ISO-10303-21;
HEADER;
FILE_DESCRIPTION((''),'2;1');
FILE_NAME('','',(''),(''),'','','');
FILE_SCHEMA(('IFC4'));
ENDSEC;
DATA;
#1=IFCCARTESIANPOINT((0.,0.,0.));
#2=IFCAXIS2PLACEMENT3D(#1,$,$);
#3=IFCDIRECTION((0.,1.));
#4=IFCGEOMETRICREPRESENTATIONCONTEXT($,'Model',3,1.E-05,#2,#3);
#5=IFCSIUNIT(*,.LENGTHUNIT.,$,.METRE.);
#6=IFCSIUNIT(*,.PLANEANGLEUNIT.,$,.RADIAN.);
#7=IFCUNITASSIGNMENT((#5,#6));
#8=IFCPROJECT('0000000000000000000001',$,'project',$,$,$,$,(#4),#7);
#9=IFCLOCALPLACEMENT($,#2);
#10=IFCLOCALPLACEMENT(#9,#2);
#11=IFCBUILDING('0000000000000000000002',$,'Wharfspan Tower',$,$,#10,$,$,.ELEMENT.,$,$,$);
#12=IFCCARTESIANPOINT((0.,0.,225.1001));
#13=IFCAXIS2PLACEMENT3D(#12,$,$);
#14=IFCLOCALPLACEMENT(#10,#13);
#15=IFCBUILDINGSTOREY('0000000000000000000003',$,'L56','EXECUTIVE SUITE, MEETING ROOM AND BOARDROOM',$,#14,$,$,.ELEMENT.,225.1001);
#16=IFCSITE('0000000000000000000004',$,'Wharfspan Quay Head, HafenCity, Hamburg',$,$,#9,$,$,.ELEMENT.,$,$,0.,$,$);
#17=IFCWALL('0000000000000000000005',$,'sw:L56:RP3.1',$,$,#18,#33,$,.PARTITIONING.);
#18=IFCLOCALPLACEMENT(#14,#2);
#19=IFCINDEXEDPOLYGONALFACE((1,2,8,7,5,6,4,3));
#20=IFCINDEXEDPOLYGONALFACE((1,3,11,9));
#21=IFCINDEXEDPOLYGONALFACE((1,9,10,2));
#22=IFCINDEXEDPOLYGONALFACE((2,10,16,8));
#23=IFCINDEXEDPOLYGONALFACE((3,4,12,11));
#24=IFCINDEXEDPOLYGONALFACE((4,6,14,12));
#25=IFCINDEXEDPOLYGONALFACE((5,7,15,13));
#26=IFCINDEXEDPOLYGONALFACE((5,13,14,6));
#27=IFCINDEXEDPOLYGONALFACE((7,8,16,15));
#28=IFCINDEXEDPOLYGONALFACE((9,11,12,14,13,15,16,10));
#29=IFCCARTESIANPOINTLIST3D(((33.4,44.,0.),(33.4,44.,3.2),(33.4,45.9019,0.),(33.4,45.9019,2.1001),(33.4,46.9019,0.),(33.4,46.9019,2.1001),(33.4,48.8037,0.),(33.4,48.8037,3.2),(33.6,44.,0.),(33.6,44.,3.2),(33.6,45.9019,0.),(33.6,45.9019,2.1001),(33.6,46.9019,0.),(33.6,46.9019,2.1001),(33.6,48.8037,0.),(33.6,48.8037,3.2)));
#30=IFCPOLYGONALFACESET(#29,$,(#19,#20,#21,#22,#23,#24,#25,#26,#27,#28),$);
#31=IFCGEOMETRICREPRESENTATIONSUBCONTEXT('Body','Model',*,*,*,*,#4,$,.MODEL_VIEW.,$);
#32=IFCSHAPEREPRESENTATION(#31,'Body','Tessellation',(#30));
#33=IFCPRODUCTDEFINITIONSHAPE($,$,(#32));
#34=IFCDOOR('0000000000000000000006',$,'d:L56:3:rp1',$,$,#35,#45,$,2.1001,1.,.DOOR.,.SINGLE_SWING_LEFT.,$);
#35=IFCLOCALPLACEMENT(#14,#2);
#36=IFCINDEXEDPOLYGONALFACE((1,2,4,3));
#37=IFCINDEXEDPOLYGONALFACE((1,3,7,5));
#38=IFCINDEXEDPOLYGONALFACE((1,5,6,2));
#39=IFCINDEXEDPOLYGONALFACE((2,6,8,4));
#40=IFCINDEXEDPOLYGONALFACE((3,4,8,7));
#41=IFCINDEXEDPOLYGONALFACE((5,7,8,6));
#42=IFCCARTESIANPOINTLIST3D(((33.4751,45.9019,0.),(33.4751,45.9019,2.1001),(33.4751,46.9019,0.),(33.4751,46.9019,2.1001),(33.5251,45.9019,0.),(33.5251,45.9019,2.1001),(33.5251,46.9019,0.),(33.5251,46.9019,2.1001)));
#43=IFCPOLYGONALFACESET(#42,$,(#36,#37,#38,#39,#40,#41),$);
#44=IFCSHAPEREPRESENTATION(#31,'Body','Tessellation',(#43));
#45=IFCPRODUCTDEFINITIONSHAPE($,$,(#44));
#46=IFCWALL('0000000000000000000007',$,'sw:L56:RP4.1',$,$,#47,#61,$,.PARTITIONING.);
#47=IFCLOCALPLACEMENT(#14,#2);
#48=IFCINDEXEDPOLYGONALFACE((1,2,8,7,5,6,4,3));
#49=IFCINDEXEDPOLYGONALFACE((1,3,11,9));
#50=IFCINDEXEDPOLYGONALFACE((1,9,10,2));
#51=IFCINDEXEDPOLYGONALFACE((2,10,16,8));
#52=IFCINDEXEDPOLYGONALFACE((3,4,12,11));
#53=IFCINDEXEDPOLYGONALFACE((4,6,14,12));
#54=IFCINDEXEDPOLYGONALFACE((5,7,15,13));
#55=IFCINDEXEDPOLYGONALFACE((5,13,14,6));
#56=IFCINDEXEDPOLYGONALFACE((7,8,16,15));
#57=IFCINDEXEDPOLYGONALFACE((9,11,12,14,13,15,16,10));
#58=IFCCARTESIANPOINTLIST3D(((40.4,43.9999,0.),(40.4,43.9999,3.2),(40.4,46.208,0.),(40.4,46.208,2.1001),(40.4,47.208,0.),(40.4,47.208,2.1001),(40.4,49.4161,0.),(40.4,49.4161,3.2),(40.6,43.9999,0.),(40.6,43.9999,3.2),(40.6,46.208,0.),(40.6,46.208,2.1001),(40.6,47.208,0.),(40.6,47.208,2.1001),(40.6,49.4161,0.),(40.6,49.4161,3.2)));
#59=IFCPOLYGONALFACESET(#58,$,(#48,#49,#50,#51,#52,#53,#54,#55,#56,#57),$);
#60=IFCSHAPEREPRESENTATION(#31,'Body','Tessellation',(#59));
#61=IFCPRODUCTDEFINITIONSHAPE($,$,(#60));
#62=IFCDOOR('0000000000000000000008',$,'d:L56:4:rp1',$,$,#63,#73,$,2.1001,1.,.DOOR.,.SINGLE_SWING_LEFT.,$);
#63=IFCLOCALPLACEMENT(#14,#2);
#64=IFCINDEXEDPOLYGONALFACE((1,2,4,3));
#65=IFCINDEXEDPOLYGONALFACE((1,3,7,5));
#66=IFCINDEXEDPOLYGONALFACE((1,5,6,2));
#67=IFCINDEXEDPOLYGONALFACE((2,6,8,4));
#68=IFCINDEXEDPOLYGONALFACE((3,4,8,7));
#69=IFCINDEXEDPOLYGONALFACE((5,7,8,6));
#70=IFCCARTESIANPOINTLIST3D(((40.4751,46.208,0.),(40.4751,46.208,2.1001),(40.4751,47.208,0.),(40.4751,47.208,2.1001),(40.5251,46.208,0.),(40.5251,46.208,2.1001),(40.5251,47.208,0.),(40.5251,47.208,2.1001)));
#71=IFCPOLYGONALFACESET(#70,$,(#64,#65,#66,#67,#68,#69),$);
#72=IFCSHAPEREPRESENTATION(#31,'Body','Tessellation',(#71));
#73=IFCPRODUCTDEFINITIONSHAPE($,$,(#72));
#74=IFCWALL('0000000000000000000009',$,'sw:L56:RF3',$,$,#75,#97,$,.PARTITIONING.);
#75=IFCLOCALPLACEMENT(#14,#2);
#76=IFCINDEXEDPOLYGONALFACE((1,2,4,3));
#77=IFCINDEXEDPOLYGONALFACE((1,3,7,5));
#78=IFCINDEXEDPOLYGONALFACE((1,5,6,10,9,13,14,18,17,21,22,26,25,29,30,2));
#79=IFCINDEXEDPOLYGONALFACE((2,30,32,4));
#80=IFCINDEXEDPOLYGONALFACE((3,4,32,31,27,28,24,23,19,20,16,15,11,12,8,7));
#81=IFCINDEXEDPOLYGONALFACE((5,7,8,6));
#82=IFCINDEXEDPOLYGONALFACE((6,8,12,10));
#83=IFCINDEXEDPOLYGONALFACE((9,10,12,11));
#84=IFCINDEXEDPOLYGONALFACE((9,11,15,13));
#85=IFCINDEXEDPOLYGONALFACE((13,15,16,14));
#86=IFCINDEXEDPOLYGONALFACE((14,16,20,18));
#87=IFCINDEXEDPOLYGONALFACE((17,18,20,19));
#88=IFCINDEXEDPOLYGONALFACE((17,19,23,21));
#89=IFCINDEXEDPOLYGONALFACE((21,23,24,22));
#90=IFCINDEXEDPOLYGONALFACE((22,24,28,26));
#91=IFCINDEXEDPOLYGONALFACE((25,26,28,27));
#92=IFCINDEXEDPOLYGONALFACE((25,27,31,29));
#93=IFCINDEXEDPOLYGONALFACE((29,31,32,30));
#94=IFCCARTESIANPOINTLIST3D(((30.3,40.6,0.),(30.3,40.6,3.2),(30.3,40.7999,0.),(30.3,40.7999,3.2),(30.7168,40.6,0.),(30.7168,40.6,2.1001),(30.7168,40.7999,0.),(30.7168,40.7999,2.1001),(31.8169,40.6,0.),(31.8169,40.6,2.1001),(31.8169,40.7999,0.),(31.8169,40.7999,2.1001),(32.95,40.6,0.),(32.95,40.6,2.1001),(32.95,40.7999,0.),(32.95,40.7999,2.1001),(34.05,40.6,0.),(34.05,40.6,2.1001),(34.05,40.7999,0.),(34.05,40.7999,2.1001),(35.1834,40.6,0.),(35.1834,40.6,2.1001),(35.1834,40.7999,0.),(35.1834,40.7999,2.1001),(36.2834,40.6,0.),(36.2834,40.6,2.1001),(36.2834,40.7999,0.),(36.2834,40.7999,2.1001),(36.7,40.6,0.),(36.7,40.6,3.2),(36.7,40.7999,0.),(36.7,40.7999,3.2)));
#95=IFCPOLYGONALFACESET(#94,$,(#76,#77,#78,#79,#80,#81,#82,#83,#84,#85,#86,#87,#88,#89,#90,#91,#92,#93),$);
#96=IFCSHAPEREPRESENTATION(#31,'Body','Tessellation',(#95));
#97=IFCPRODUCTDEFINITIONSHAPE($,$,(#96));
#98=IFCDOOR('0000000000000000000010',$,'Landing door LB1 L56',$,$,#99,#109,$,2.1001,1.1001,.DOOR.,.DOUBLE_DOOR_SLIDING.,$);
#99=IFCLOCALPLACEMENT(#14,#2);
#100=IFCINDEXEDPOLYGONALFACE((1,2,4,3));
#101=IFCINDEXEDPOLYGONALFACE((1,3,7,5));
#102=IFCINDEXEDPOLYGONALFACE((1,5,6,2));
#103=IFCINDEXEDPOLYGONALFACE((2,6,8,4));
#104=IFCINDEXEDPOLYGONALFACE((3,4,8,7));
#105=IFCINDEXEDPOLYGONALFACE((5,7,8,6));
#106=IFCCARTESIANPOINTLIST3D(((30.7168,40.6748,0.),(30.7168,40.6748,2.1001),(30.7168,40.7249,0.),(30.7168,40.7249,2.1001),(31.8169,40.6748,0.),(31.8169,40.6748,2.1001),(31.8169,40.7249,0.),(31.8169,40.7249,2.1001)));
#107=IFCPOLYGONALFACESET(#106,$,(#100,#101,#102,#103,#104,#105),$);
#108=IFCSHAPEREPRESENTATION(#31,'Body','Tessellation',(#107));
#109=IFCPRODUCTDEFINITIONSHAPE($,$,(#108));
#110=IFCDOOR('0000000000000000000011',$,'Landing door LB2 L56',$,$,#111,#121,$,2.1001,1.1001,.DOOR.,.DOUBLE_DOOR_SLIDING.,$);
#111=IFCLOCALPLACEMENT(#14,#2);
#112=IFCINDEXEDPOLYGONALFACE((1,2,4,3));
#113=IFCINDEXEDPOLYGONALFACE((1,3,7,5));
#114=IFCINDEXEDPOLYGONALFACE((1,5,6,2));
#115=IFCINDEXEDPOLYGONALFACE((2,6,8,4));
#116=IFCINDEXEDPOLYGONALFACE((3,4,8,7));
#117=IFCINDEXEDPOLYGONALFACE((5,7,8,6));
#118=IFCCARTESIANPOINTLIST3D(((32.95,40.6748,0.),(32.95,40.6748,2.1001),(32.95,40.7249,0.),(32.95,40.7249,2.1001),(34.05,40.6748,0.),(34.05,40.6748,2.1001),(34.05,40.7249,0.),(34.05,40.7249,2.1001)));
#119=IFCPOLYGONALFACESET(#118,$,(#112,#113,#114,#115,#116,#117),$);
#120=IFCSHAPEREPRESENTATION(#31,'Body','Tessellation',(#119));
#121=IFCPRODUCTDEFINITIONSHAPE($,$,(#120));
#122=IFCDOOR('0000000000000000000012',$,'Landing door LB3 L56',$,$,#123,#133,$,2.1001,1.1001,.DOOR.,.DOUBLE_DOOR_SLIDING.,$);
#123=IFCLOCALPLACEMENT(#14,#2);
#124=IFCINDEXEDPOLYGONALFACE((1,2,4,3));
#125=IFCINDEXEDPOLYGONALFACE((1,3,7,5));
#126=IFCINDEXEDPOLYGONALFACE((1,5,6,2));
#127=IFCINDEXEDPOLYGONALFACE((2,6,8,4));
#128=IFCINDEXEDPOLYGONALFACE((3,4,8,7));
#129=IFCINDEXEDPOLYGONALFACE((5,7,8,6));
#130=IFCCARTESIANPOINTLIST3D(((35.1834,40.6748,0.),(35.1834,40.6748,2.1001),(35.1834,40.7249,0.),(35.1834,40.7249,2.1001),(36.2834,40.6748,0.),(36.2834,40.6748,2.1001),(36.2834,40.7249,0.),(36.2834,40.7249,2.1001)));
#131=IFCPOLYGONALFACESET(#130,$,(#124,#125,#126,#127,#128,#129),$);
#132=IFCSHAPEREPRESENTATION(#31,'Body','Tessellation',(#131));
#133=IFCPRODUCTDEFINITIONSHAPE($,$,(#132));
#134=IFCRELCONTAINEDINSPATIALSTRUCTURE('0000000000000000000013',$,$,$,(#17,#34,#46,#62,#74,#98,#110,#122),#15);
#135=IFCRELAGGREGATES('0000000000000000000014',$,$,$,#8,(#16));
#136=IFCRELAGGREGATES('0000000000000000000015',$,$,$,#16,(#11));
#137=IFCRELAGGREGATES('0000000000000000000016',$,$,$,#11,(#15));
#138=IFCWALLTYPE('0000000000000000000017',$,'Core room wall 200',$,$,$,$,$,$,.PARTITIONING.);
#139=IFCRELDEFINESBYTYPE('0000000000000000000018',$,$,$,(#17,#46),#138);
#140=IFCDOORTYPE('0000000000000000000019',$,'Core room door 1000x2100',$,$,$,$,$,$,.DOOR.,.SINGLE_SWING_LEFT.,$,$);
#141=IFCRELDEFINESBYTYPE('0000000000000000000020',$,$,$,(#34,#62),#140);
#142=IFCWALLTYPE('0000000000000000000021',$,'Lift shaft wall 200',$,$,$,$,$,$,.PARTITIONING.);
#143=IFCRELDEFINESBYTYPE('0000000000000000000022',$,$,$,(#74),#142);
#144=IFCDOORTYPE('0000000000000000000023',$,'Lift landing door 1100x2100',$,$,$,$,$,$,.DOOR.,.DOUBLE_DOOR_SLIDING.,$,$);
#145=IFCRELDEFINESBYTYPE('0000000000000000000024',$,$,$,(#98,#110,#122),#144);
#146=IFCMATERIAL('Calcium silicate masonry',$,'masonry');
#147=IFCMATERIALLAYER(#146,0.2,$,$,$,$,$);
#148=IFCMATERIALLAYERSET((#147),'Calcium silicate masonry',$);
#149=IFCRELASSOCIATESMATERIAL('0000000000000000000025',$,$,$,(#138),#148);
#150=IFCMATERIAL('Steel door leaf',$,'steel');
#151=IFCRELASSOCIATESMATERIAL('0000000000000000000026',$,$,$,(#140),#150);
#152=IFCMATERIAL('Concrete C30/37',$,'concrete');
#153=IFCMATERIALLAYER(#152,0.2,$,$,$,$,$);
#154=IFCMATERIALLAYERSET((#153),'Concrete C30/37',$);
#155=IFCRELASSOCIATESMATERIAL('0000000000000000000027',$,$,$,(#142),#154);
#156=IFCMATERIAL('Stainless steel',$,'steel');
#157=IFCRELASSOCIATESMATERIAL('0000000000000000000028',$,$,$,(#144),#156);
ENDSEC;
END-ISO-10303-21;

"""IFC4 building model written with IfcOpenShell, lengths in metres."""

from ifc_helpers import new_model, si_unit, direction, frame, frame_2d, origin, place, context, subcontext, project, spatial, rectangle, extrude, material, layer, layer_set, type_object, element, fill, save


model = new_model("IFC4")

# Units and contexts
model_context = context("Model", 3, precision=1e-05, world=origin(), true_north=direction((0.0, 1.0)))
body_context = subcontext(model_context, "Body", "Model", "MODEL_VIEW")
ifc_project = project(units=[si_unit("LENGTHUNIT", "METRE"), si_unit("PLANEANGLEUNIT", "RADIAN")], contexts=[model_context])

# Site, building, storey
site_placement = place(None, origin())
site = spatial("IfcSite", under=ifc_project, at=site_placement, Name="Wharfspan Quay Head, HafenCity, Hamburg", CompositionType="ELEMENT", RefElevation=0.0)
building_placement = place(site_placement, origin())
building = spatial("IfcBuilding", under=site, at=building_placement, Name="Wharfspan Tower", CompositionType="ELEMENT")
storey_placement = place(building_placement, frame((0.0, 0.0, 225.1001)))
storey = spatial("IfcBuildingStorey", under=building, at=storey_placement, Name="L56", Description="EXECUTIVE SUITE, MEETING ROOM AND BOARDROOM", CompositionType="ELEMENT", Elevation=225.1001)

# Walls, openings, doors
ifc_material_1 = material(Name="Calcium silicate masonry", Category="masonry")
ifc_layer_1 = layer(ifc_material_1, 0.2)
ifc_layer_set_1 = layer_set([ifc_layer_1], Name="Calcium silicate masonry")
wall_type_1 = type_object("IfcWallType", Name="Core room wall 200", PredefinedType="PARTITIONING", material=ifc_layer_set_1)
wall_1_placement = place(storey_placement, frame((33.5, 44.0, 0.0), z_axis=(0.0, 0.0, 1.0), x_axis=(0.0, 1.0, 0.0)))
wall_1 = element("IfcWall", 1, at=wall_1_placement, inside=storey, type_object=wall_type_1, Name="sw:L56:RP3.1", PredefinedType="PARTITIONING", context=body_context, shape_type="SweptSolid", body=[
    extrude(rectangle(XDim=4.8037, YDim=0.2, at=frame_2d((2.4019, 0.0))), origin(), (0.0, 0.0, 1.0), 3.2),
])
opening_1_placement = place(wall_1_placement, frame((1.9019, 0.0, 0.0)))
opening_1 = element("IfcOpeningElement", 2, at=opening_1_placement, cuts=wall_1, PredefinedType="OPENING", context=body_context, shape_type="SweptSolid", body=[
    extrude(rectangle(XDim=1.0, YDim=2.1001, at=frame_2d((0.5, 1.05))), frame((0.0, 0.1099, 0.0), z_axis=(0.0, -1.0, 0.0), x_axis=(1.0, 0.0, 0.0)), (0.0, 0.0, 1.0), 0.22),
])
ifc_material_2 = material(Name="Steel door leaf", Category="steel")
door_type_1 = type_object("IfcDoorType", Name="Core room door 1000x2100", OperationType="SINGLE_SWING_LEFT", PredefinedType="DOOR", material=ifc_material_2)
door_1_placement = place(opening_1_placement, origin())
door_1 = element("IfcDoor", 3, at=door_1_placement, inside=storey, type_object=door_type_1, Name="d:L56:3:rp1", OperationType="SINGLE_SWING_LEFT", OverallHeight=2.1001, OverallWidth=1.0, PredefinedType="DOOR", context=body_context, shape_type="SweptSolid", body=[
    extrude(rectangle(XDim=1.0, YDim=2.1001, at=frame_2d((0.5, 1.05))), frame((0.0, 0.0249, 0.0), z_axis=(0.0, -1.0, 0.0), x_axis=(1.0, 0.0, 0.0)), (0.0, 0.0, 1.0), 0.05),
])
fill(opening_1, door_1)
wall_2_placement = place(storey_placement, frame((40.5, 44.0, 0.0), z_axis=(0.0, 0.0, 1.0), x_axis=(0.0, 1.0, 0.0)))
wall_2 = element("IfcWall", 4, at=wall_2_placement, inside=storey, type_object=wall_type_1, Name="sw:L56:RP4.1", PredefinedType="PARTITIONING", context=body_context, shape_type="SweptSolid", body=[
    extrude(rectangle(XDim=5.4163, YDim=0.2, at=frame_2d((2.708, 0.0))), origin(), (0.0, 0.0, 1.0), 3.2),
])
opening_2_placement = place(wall_2_placement, frame((2.208, 0.0, 0.0)))
opening_2 = element("IfcOpeningElement", 5, at=opening_2_placement, cuts=wall_2, PredefinedType="OPENING", context=body_context, shape_type="SweptSolid", body=[
    extrude(rectangle(XDim=1.0, YDim=2.1001, at=frame_2d((0.5, 1.05))), frame((0.0, 0.1099, 0.0), z_axis=(0.0, -1.0, 0.0), x_axis=(1.0, 0.0, 0.0)), (0.0, 0.0, 1.0), 0.22),
])
door_2_placement = place(opening_2_placement, origin())
door_2 = element("IfcDoor", 6, at=door_2_placement, inside=storey, type_object=door_type_1, Name="d:L56:4:rp1", OperationType="SINGLE_SWING_LEFT", OverallHeight=2.1001, OverallWidth=1.0, PredefinedType="DOOR", context=body_context, shape_type="SweptSolid", body=[
    extrude(rectangle(XDim=1.0, YDim=2.1001, at=frame_2d((0.5, 1.05))), frame((0.0, 0.0249, 0.0), z_axis=(0.0, -1.0, 0.0), x_axis=(1.0, 0.0, 0.0)), (0.0, 0.0, 1.0), 0.05),
])
fill(opening_2, door_2)

# Wall, openings, doors
ifc_material_3 = material(Name="Concrete C30/37", Category="concrete")
ifc_layer_2 = layer(ifc_material_3, 0.2)
ifc_layer_set_2 = layer_set([ifc_layer_2], Name="Concrete C30/37")
wall_type_2 = type_object("IfcWallType", Name="Lift shaft wall 200", PredefinedType="PARTITIONING", material=ifc_layer_set_2)
wall_3_placement = place(storey_placement, frame((30.3, 40.7, 0.0), z_axis=(0.0, 0.0, 1.0), x_axis=(1.0, 0.0, 0.0)))
wall_3 = element("IfcWall", 7, at=wall_3_placement, inside=storey, type_object=wall_type_2, Name="sw:L56:RF3", PredefinedType="PARTITIONING", context=body_context, shape_type="SweptSolid", body=[
    extrude(rectangle(XDim=6.3999, YDim=0.2, at=frame_2d((3.2, 0.0))), origin(), (0.0, 0.0, 1.0), 3.2),
])
opening_3_placement = place(wall_3_placement, frame((0.4167, 0.0, 0.0)))
opening_3 = element("IfcOpeningElement", 8, at=opening_3_placement, cuts=wall_3, PredefinedType="OPENING", context=body_context, shape_type="SweptSolid", body=[
    extrude(rectangle(XDim=1.1001, YDim=2.1001, at=frame_2d((0.55, 1.05))), frame((0.0, 0.1099, 0.0), z_axis=(0.0, -1.0, 0.0), x_axis=(1.0, 0.0, 0.0)), (0.0, 0.0, 1.0), 0.22),
])
opening_4_placement = place(wall_3_placement, frame((2.6499, 0.0, 0.0)))
opening_4 = element("IfcOpeningElement", 9, at=opening_4_placement, cuts=wall_3, PredefinedType="OPENING", context=body_context, shape_type="SweptSolid", body=[
    extrude(rectangle(XDim=1.1001, YDim=2.1001, at=frame_2d((0.55, 1.05))), frame((0.0, 0.1099, 0.0), z_axis=(0.0, -1.0, 0.0), x_axis=(1.0, 0.0, 0.0)), (0.0, 0.0, 1.0), 0.22),
])
opening_5_placement = place(wall_3_placement, frame((4.8833, 0.0, 0.0)))
opening_5 = element("IfcOpeningElement", 10, at=opening_5_placement, cuts=wall_3, PredefinedType="OPENING", context=body_context, shape_type="SweptSolid", body=[
    extrude(rectangle(XDim=1.1001, YDim=2.1001, at=frame_2d((0.55, 1.05))), frame((0.0, 0.1099, 0.0), z_axis=(0.0, -1.0, 0.0), x_axis=(1.0, 0.0, 0.0)), (0.0, 0.0, 1.0), 0.22),
])
ifc_material_4 = material(Name="Stainless steel", Category="steel")
door_type_2 = type_object("IfcDoorType", Name="Lift landing door 1100x2100", OperationType="DOUBLE_DOOR_SLIDING", PredefinedType="DOOR", material=ifc_material_4)
door_3_placement = place(opening_3_placement, origin())
door_3 = element("IfcDoor", 11, at=door_3_placement, inside=storey, type_object=door_type_2, Name="Landing door LB1 L56", OperationType="DOUBLE_DOOR_SLIDING", OverallHeight=2.1001, OverallWidth=1.1001, PredefinedType="DOOR", context=body_context, shape_type="SweptSolid", body=[
    extrude(rectangle(XDim=1.1001, YDim=2.1001, at=frame_2d((0.55, 1.05))), frame((0.0, 0.0249, 0.0), z_axis=(0.0, -1.0, 0.0), x_axis=(1.0, 0.0, 0.0)), (0.0, 0.0, 1.0), 0.05),
])
fill(opening_3, door_3)
door_4_placement = place(opening_4_placement, origin())
door_4 = element("IfcDoor", 12, at=door_4_placement, inside=storey, type_object=door_type_2, Name="Landing door LB2 L56", OperationType="DOUBLE_DOOR_SLIDING", OverallHeight=2.1001, OverallWidth=1.1001, PredefinedType="DOOR", context=body_context, shape_type="SweptSolid", body=[
    extrude(rectangle(XDim=1.1001, YDim=2.1001, at=frame_2d((0.55, 1.05))), frame((0.0, 0.0249, 0.0), z_axis=(0.0, -1.0, 0.0), x_axis=(1.0, 0.0, 0.0)), (0.0, 0.0, 1.0), 0.05),
])
fill(opening_4, door_4)
door_5_placement = place(opening_5_placement, origin())
door_5 = element("IfcDoor", 13, at=door_5_placement, inside=storey, type_object=door_type_2, Name="Landing door LB3 L56", OperationType="DOUBLE_DOOR_SLIDING", OverallHeight=2.1001, OverallWidth=1.1001, PredefinedType="DOOR", context=body_context, shape_type="SweptSolid", body=[
    extrude(rectangle(XDim=1.1001, YDim=2.1001, at=frame_2d((0.55, 1.05))), frame((0.0, 0.0249, 0.0), z_axis=(0.0, -1.0, 0.0), x_axis=(1.0, 0.0, 0.0)), (0.0, 0.0, 1.0), 0.05),
])
fill(opening_5, door_5)

save(model, "model.ifc")
